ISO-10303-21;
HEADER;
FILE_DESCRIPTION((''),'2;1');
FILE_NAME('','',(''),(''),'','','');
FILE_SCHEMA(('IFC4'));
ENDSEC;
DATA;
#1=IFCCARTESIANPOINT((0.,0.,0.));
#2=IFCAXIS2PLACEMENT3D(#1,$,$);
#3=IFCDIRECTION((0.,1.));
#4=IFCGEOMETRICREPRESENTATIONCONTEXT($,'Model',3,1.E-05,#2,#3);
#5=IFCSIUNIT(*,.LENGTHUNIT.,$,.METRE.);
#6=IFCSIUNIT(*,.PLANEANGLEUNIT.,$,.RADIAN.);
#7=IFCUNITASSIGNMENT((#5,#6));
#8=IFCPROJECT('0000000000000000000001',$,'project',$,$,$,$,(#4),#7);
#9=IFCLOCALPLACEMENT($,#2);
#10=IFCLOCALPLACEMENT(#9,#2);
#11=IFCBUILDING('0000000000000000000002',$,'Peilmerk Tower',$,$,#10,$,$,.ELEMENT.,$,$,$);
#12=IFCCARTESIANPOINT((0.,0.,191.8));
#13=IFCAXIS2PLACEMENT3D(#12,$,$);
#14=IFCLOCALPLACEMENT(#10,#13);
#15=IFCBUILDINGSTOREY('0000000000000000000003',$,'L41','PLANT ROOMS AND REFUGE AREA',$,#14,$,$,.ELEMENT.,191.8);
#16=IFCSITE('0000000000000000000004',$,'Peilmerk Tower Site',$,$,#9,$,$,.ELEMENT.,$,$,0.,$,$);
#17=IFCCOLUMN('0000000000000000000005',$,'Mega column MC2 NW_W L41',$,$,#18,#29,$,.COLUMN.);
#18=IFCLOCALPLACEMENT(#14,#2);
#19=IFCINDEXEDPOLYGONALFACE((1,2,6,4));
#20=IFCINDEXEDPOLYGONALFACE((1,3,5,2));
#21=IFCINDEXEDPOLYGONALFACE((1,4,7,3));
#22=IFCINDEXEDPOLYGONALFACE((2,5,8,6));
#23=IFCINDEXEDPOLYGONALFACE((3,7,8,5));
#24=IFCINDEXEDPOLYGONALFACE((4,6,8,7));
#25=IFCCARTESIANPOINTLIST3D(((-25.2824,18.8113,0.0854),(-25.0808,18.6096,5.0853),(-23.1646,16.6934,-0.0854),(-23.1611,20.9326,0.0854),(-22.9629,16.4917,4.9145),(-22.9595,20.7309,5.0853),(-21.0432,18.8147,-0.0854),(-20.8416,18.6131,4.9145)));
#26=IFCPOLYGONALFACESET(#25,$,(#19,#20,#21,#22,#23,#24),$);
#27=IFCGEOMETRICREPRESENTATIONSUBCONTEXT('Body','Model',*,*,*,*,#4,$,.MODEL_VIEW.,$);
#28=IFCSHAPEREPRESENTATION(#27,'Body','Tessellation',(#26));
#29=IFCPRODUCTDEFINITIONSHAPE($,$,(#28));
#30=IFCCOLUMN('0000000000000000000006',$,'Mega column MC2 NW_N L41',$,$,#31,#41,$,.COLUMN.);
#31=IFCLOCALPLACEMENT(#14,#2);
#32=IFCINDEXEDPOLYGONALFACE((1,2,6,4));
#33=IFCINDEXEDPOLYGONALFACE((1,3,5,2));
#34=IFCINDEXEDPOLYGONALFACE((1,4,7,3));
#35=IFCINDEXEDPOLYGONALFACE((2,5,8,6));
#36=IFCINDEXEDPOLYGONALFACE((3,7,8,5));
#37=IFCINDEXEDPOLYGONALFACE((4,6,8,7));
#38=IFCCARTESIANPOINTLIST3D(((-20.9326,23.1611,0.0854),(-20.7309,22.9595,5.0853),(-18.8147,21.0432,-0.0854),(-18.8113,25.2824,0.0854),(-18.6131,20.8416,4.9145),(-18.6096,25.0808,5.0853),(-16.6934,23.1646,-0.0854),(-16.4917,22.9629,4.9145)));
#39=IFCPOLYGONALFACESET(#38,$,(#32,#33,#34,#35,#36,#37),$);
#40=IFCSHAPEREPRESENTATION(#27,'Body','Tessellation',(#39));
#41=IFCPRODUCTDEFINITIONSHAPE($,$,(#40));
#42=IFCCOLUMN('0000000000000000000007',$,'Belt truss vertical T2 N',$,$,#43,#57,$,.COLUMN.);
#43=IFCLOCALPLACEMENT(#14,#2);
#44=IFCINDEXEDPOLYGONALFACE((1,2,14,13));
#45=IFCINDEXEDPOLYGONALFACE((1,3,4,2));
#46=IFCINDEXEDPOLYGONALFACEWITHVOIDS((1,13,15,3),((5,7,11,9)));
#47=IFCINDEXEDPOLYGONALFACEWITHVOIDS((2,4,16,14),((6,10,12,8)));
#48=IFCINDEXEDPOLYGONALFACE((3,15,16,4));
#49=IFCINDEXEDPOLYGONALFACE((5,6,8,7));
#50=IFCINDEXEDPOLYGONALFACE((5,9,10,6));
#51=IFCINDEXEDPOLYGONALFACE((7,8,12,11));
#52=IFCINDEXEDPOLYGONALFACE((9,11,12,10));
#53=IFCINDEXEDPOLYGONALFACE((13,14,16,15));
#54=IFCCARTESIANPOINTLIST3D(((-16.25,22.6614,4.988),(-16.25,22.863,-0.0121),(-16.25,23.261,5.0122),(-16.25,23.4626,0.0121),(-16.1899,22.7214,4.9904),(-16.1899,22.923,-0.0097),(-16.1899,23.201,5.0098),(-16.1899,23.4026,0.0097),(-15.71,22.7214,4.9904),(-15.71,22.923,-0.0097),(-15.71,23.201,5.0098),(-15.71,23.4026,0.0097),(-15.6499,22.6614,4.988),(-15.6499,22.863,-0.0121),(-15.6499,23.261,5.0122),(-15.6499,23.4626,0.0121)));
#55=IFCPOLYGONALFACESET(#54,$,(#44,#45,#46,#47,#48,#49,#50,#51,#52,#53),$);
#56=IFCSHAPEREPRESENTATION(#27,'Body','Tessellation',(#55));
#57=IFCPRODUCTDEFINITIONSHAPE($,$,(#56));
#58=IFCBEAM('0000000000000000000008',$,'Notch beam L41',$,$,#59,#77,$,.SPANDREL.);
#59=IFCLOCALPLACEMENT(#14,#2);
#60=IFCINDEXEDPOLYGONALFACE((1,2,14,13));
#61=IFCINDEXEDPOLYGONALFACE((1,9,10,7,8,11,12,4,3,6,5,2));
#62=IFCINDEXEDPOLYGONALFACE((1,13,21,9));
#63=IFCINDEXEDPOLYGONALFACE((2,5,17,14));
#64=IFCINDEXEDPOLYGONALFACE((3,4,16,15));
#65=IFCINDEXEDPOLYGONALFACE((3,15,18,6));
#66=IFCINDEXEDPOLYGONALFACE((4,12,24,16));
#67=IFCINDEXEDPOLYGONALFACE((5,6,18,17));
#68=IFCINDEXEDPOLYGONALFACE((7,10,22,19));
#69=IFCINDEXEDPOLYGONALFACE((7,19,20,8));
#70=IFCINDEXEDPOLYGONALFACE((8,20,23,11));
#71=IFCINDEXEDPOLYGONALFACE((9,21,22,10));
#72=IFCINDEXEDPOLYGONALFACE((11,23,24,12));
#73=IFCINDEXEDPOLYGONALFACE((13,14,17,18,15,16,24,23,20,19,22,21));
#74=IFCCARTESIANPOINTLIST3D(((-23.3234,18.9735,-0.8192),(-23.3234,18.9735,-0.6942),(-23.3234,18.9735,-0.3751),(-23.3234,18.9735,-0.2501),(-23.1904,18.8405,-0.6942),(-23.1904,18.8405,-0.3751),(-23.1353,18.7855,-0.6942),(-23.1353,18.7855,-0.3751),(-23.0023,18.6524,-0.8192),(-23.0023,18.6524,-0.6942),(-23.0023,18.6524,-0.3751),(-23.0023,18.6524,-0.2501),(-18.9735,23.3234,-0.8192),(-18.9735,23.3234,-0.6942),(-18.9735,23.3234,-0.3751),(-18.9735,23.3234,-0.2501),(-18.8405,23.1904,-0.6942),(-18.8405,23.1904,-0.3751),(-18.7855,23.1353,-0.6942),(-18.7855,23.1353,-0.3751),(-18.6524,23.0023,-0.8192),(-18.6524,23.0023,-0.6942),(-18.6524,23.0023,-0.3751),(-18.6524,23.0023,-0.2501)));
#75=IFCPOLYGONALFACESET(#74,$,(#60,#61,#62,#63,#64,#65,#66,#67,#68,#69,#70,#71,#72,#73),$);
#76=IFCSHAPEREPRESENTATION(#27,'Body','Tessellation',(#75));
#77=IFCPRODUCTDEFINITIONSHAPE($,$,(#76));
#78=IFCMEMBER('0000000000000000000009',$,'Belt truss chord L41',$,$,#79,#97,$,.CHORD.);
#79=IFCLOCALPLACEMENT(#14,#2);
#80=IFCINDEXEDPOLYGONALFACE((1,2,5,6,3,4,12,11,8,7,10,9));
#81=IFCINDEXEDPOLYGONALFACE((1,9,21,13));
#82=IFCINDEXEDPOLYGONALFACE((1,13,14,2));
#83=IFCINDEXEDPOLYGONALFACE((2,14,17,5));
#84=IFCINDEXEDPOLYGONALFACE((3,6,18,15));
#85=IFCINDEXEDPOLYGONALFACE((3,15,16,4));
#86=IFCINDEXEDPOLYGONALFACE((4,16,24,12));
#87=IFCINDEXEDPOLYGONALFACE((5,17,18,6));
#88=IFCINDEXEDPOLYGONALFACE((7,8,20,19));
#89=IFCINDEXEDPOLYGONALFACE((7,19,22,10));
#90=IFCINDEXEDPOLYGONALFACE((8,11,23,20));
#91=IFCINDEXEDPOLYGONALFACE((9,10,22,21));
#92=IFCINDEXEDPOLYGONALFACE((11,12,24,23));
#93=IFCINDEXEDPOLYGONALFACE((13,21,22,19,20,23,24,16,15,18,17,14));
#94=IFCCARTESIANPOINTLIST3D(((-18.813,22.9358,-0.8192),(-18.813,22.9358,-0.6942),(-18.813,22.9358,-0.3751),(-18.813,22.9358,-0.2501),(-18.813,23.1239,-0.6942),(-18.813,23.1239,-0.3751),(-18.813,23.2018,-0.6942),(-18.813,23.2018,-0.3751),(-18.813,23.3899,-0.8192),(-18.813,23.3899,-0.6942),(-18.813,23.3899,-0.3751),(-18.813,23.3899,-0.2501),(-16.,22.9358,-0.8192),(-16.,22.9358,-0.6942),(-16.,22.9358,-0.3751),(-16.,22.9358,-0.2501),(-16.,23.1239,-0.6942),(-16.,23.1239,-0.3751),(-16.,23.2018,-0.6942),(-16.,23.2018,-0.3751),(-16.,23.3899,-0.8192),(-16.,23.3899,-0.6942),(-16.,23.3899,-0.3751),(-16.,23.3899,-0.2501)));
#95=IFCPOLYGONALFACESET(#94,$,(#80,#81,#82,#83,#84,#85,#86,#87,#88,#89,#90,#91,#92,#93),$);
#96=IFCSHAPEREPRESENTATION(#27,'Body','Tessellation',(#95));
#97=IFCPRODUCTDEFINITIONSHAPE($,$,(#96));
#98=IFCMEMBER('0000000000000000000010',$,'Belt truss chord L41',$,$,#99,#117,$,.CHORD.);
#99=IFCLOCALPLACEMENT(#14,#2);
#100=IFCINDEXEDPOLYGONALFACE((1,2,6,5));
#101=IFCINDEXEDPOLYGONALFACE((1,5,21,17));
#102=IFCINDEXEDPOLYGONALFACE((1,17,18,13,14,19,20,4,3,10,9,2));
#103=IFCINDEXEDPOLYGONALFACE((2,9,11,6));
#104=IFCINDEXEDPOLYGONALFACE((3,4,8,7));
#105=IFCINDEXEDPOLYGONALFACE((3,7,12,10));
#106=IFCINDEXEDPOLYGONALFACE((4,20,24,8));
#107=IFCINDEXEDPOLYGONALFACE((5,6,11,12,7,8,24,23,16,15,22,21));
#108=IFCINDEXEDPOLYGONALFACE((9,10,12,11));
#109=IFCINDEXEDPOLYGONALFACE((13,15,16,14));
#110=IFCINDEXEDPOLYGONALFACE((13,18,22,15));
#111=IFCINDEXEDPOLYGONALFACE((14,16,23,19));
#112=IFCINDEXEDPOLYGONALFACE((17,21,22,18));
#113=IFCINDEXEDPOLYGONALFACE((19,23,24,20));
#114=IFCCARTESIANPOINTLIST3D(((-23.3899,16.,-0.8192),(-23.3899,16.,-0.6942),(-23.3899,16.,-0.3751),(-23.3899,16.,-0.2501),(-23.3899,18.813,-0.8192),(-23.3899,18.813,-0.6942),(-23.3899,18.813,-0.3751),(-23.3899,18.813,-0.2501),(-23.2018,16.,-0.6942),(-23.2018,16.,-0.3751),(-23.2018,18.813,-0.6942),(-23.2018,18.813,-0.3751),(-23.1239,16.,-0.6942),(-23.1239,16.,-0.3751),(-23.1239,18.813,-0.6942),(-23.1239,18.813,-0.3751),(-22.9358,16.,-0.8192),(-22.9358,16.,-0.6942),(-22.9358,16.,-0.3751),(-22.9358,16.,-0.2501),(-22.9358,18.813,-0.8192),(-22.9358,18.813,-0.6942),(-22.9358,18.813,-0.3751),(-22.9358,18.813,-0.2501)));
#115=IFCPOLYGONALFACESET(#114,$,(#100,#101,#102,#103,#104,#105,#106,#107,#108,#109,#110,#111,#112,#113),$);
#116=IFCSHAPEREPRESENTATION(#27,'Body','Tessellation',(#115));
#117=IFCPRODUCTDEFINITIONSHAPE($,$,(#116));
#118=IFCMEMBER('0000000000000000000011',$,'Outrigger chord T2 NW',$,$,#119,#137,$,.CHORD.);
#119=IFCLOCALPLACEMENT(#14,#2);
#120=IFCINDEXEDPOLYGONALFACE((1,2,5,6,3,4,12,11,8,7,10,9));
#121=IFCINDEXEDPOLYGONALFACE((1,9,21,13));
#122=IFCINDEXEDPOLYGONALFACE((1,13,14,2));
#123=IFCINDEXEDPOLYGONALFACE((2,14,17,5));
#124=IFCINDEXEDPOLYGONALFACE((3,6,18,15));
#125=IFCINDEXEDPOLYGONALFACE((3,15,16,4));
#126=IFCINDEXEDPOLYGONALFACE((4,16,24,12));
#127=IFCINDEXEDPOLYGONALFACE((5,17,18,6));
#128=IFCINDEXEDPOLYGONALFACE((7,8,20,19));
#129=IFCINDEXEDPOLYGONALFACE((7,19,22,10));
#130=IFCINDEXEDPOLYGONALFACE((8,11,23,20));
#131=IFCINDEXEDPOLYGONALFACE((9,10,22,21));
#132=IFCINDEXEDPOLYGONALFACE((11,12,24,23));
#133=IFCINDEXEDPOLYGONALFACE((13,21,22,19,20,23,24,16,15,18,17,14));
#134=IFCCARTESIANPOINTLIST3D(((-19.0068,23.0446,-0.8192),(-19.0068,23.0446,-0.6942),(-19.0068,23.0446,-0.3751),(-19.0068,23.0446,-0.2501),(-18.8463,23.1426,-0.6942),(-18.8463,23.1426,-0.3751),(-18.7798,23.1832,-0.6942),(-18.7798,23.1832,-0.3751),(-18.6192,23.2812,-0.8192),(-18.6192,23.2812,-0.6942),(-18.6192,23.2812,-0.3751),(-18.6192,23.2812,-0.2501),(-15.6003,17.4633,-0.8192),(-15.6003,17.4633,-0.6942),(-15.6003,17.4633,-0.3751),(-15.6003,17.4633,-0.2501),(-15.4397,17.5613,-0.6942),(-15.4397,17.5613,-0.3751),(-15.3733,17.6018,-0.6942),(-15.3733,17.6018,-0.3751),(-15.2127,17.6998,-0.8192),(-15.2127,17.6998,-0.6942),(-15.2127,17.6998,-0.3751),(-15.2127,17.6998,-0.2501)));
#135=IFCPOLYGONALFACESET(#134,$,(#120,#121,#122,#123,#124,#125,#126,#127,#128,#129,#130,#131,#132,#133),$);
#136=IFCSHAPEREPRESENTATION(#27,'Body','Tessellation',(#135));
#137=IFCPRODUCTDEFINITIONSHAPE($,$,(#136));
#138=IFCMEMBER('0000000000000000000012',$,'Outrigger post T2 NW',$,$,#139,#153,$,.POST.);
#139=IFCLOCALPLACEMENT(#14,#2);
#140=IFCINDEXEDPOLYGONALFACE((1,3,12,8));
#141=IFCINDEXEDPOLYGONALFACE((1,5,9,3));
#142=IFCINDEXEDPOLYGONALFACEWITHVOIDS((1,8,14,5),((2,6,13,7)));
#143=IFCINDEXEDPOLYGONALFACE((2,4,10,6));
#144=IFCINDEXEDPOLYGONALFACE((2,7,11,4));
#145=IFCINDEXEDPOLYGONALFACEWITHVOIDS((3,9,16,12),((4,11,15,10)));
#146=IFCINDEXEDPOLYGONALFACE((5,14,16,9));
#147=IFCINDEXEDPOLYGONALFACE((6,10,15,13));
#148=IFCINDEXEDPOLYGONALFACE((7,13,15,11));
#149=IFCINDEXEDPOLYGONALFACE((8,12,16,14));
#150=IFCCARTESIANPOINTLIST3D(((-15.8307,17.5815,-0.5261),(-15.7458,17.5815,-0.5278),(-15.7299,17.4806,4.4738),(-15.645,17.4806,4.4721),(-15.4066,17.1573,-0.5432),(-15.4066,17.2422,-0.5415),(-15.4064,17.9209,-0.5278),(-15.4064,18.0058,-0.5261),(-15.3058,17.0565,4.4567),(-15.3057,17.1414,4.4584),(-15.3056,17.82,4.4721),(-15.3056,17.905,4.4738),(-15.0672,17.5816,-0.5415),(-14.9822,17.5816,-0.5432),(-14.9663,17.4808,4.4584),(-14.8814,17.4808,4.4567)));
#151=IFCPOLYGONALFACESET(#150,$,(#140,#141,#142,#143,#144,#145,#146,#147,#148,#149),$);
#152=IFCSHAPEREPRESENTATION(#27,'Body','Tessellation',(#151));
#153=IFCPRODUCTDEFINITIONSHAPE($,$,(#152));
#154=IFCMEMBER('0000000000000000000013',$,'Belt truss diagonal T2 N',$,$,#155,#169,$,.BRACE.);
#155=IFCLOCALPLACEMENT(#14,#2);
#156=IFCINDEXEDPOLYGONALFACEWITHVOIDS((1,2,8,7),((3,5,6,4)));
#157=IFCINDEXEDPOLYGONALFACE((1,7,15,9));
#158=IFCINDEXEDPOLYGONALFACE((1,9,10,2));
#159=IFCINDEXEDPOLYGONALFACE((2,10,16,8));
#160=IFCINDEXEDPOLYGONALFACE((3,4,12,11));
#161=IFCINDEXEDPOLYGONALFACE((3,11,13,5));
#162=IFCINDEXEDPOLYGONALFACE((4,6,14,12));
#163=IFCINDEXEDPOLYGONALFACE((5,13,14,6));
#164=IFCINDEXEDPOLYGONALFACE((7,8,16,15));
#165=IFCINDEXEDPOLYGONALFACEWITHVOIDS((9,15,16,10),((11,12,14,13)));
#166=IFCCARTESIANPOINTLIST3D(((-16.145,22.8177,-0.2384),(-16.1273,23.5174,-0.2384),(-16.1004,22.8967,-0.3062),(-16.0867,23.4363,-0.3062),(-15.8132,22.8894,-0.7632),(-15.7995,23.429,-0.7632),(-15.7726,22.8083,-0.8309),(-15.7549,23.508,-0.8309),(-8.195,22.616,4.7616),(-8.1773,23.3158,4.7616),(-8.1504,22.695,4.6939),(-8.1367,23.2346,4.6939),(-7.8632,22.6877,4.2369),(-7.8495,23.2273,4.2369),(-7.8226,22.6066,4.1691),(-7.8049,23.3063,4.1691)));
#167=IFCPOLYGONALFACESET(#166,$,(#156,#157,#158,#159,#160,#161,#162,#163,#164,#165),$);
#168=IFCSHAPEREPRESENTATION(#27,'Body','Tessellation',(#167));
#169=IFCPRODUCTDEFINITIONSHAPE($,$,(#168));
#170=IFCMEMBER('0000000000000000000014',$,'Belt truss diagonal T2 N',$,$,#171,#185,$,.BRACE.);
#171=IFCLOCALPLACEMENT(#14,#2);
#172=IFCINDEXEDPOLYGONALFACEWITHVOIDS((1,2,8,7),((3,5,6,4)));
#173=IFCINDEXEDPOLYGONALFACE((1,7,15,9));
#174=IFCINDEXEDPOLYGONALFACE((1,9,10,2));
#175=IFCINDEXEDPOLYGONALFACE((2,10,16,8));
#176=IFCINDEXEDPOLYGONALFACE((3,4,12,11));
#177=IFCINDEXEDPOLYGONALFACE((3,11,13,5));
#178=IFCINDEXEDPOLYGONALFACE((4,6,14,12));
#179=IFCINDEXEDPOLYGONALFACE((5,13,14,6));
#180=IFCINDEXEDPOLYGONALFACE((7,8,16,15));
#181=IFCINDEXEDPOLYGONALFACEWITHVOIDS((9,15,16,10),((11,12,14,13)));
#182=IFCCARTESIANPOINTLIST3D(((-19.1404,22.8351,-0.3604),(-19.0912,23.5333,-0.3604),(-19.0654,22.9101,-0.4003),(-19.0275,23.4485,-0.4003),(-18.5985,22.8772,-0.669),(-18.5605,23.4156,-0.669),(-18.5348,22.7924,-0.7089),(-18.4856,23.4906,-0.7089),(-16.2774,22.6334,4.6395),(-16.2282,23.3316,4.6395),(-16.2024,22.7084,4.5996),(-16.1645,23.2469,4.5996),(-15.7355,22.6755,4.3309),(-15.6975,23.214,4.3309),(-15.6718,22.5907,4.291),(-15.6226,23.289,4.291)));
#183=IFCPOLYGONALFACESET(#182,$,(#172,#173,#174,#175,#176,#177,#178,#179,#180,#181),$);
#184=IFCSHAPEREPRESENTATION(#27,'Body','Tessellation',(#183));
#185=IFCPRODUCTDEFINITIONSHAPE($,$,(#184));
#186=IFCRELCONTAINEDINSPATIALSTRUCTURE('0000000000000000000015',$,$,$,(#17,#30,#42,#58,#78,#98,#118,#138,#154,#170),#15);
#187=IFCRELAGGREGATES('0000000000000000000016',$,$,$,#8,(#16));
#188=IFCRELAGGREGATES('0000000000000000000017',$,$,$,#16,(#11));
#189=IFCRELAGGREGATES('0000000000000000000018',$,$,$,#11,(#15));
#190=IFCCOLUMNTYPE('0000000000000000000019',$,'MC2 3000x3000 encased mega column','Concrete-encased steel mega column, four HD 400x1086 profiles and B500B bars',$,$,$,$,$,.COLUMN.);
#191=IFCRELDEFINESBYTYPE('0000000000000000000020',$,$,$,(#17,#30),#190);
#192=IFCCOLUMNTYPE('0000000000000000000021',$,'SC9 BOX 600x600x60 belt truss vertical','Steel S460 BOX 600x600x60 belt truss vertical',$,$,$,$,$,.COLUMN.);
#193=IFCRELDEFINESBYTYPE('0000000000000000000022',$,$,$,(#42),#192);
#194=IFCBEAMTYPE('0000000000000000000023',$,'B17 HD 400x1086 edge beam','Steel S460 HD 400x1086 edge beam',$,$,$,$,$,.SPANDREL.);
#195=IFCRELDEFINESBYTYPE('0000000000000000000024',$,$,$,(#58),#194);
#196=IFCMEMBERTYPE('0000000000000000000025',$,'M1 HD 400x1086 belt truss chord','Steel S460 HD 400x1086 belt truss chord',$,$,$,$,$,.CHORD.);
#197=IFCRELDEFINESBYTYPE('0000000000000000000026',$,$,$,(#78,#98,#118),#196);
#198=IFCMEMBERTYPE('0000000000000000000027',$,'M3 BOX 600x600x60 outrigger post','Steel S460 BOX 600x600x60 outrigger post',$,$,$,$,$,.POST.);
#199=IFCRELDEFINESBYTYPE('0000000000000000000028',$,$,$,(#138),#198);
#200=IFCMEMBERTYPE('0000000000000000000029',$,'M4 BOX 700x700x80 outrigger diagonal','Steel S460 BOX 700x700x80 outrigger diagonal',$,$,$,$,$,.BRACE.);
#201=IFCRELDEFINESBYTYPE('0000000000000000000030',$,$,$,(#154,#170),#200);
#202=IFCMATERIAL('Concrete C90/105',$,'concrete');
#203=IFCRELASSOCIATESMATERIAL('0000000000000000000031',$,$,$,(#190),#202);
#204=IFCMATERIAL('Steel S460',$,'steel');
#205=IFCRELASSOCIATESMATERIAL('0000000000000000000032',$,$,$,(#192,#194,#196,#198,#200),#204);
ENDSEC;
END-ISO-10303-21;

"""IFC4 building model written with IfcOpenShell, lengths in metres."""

from ifc_helpers import new_model, si_unit, direction, frame, origin, origin_2d, place, context, subcontext, project, spatial, rectangle, hollow_rectangle, i_section, extrude, material, material_profile, profile_set, type_object, element, save


model = new_model("IFC4")

# Units and contexts
model_context = context("Model", 3, precision=1e-05, world=origin(), true_north=direction((0.0, 1.0)))
body_context = subcontext(model_context, "Body", "Model", "MODEL_VIEW")
ifc_project = project(units=[si_unit("LENGTHUNIT", "METRE"), si_unit("PLANEANGLEUNIT", "RADIAN")], contexts=[model_context])

# Site, building, storey
site_placement = place(None, origin())
site = spatial("IfcSite", under=ifc_project, at=site_placement, Name="Peilmerk Tower Site", CompositionType="ELEMENT", RefElevation=0.0)
building_placement = place(site_placement, origin())
building = spatial("IfcBuilding", under=site, at=building_placement, Name="Peilmerk Tower", CompositionType="ELEMENT")
storey_placement = place(building_placement, frame((0.0, 0.0, 191.8)))
storey = spatial("IfcBuildingStorey", under=building, at=storey_placement, Name="L41", Description="PLANT ROOMS AND REFUGE AREA", CompositionType="ELEMENT", Elevation=191.8)

# Columns
ifc_material_1 = material(Name="Concrete C90/105", Category="concrete")
ifc_material_profile_1 = material_profile(ifc_material_1, rectangle(XDim=3.0, YDim=3.0, at=origin_2d()), Name="RC 3000x3000")
ifc_profile_set_1 = profile_set([ifc_material_profile_1], Name="Concrete C90/105")
column_type_1 = type_object("IfcColumnType", Name="MC2 3000x3000 encased mega column", Description="Concrete-encased steel mega column, four HD 400x1086 profiles and B500B bars", PredefinedType="COLUMN", material=ifc_profile_set_1)
for number, where, z_axis, x_axis, name in (
    (1, (-23.1628, 18.813, 0.0), (0.040267, -0.040267, 0.998377), (0.707107, 0.707107, 0.0), "Mega column MC2 NW_W L41"),
    (2, (-18.813, 23.1628, 0.0), (0.040267, -0.040267, 0.998377), (0.707107, 0.707107, 0.0), "Mega column MC2 NW_N L41"),
):
    element("IfcColumn", number, at=place(storey_placement, frame(where, z_axis=z_axis, x_axis=x_axis)), inside=storey, type_object=column_type_1, Name=name, PredefinedType="COLUMN", context=body_context, shape_type="SweptSolid", body=[
        extrude(rectangle(XDim=3.0, YDim=3.0, at=origin_2d()), origin(), (0.0, 0.0, 1.0), 5.0081),
    ])
ifc_material_2 = material(Name="Steel S460", Category="steel")
ifc_material_profile_2 = material_profile(ifc_material_2, hollow_rectangle(XDim=0.6001, YDim=0.6001, WallThickness=0.0601, at=origin_2d()), Name="BOX 600x600x60")
ifc_profile_set_2 = profile_set([ifc_material_profile_2], Name="Steel S460")
column_type_2 = type_object("IfcColumnType", Name="SC9 BOX 600x600x60 belt truss vertical", Description="Steel S460 BOX 600x600x60 belt truss vertical", PredefinedType="COLUMN", material=ifc_profile_set_2)
column_placement = place(storey_placement, frame((-15.95, 23.1628, 0.0), z_axis=(0.0, -0.040299, 0.999188), x_axis=(1.0, 0.0, 0.0)))
element("IfcColumn", 3, at=column_placement, inside=storey, type_object=column_type_2, Name="Belt truss vertical T2 N", PredefinedType="COLUMN", context=body_context, shape_type="SweptSolid", body=[
    extrude(hollow_rectangle(XDim=0.6001, YDim=0.6001, WallThickness=0.0601, at=origin_2d()), origin(), (0.0, 0.0, 1.0), 5.0042),
])

# Beam
ifc_material_profile_3 = material_profile(ifc_material_2, i_section(OverallWidth=0.4541, OverallDepth=0.5691, WebThickness=0.0779, FlangeThickness=0.125, at=origin_2d()), Name="HD 400x1086")
ifc_profile_set_3 = profile_set([ifc_material_profile_3], Name="Steel S460")
beam_type = type_object("IfcBeamType", Name="B17 HD 400x1086 edge beam", Description="Steel S460 HD 400x1086 edge beam", PredefinedType="SPANDREL", material=ifc_profile_set_3)
beam_placement = place(storey_placement, frame((-23.1628, 18.813, -0.5347), z_axis=(0.707107, 0.707107, 0.0), x_axis=(-0.707107, 0.707107, 0.0)))
element("IfcBeam", 4, at=beam_placement, inside=storey, type_object=beam_type, Name="Notch beam L41", PredefinedType="SPANDREL", context=body_context, shape_type="SweptSolid", body=[
    extrude(i_section(OverallWidth=0.4541, OverallDepth=0.5691, WebThickness=0.0779, FlangeThickness=0.125, at=origin_2d()), origin(), (0.0, 0.0, 1.0), 6.1516),
])

# Members
ifc_material_profile_4 = material_profile(ifc_material_2, i_section(OverallWidth=0.4541, OverallDepth=0.5691, WebThickness=0.0779, FlangeThickness=0.125, at=origin_2d()), Name="HD 400x1086")
ifc_profile_set_4 = profile_set([ifc_material_profile_4], Name="Steel S460")
member_type_1 = type_object("IfcMemberType", Name="M1 HD 400x1086 belt truss chord", Description="Steel S460 HD 400x1086 belt truss chord", PredefinedType="CHORD", material=ifc_profile_set_4)
for number, where, z_axis, x_axis, name in (
    (5, (-16.0, 23.1628, -0.5347), (-1.0, 0.0, 0.0), (0.0, -1.0, 0.0), "Belt truss chord L41"),
    (6, (-23.1628, 18.813, -0.5347), (0.0, -1.0, 0.0), (1.0, 0.0, 0.0), "Belt truss chord L41"),
):
    element("IfcMember", number, at=place(storey_placement, frame(where, z_axis=z_axis, x_axis=x_axis)), inside=storey, type_object=member_type_1, Name=name, PredefinedType="CHORD", context=body_context, shape_type="SweptSolid", body=[
        extrude(i_section(OverallWidth=0.4541, OverallDepth=0.5691, WebThickness=0.0779, FlangeThickness=0.125, at=origin_2d()), origin(), (0.0, 0.0, 1.0), 2.813),
    ])
member_1_placement = place(storey_placement, frame((-15.4065, 17.5815, -0.5347), z_axis=(-0.520971, 0.853574, 0.0), x_axis=(-0.853574, -0.520971, 0.0)))
element("IfcMember", 7, at=member_1_placement, inside=storey, type_object=member_type_1, Name="Outrigger chord T2 NW", PredefinedType="CHORD", context=body_context, shape_type="SweptSolid", body=[
    extrude(i_section(OverallWidth=0.4541, OverallDepth=0.5691, WebThickness=0.0779, FlangeThickness=0.125, at=origin_2d()), origin(), (0.0, 0.0, 1.0), 6.5388),
])
ifc_material_profile_5 = material_profile(ifc_material_2, hollow_rectangle(XDim=0.6001, YDim=0.6001, WallThickness=0.0601, at=origin_2d()), Name="BOX 600x600x60")
ifc_profile_set_5 = profile_set([ifc_material_profile_5], Name="Steel S460")
member_type_2 = type_object("IfcMemberType", Name="M3 BOX 600x600x60 outrigger post", Description="Steel S460 BOX 600x600x60 outrigger post", PredefinedType="POST", material=ifc_profile_set_5)
member_2_placement = place(storey_placement, frame((-15.4065, 17.5815, -0.5347), z_axis=(0.020158, -0.020158, 0.999594), x_axis=(0.707107, 0.707107, 0.0)))
element("IfcMember", 8, at=member_2_placement, inside=storey, type_object=member_type_2, Name="Outrigger post T2 NW", PredefinedType="POST", context=body_context, shape_type="SweptSolid", body=[
    extrude(hollow_rectangle(XDim=0.6001, YDim=0.6001, WallThickness=0.0601, at=origin_2d()), origin(), (0.0, 0.0, 1.0), 5.002),
])
ifc_material_profile_6 = material_profile(ifc_material_2, hollow_rectangle(XDim=0.7, YDim=0.7, WallThickness=0.0801, at=origin_2d()), Name="BOX 700x700x80")
ifc_profile_set_6 = profile_set([ifc_material_profile_6], Name="Steel S460")
member_type_3 = type_object("IfcMemberType", Name="M4 BOX 700x700x80 outrigger diagonal", Description="Steel S460 BOX 700x700x80 outrigger diagonal", PredefinedType="BRACE", material=ifc_profile_set_6)
member_3_placement = place(storey_placement, frame((-15.95, 23.1628, -0.5347), z_axis=(0.846303, -0.021467, 0.532269), x_axis=(0.025358, 0.999678, 0.0)))
element("IfcMember", 9, at=member_3_placement, inside=storey, type_object=member_type_3, Name="Belt truss diagonal T2 N", PredefinedType="BRACE", context=body_context, shape_type="SweptSolid", body=[
    extrude(hollow_rectangle(XDim=0.7, YDim=0.7, WallThickness=0.0801, at=origin_2d()), origin(), (0.0, 0.0, 1.0), 9.3938),
])
for number, where, z_axis, x_axis, name in (
    (10, (-18.813, 23.1628, -0.5347), (0.496606, -0.034979, 0.867271), (0.070262, 0.997529, 0.0), "Belt truss diagonal T2 N"),
):
    element("IfcMember", number, at=place(storey_placement, frame(where, z_axis=z_axis, x_axis=x_axis)), inside=storey, type_object=member_type_3, Name=name, PredefinedType="BRACE", context=body_context, shape_type="SweptSolid", body=[
        extrude(hollow_rectangle(XDim=0.7, YDim=0.7, WallThickness=0.0801, at=origin_2d()), origin(), (0.0, 0.0, 1.0), 5.7651),
    ])

save(model, "model.ifc")
